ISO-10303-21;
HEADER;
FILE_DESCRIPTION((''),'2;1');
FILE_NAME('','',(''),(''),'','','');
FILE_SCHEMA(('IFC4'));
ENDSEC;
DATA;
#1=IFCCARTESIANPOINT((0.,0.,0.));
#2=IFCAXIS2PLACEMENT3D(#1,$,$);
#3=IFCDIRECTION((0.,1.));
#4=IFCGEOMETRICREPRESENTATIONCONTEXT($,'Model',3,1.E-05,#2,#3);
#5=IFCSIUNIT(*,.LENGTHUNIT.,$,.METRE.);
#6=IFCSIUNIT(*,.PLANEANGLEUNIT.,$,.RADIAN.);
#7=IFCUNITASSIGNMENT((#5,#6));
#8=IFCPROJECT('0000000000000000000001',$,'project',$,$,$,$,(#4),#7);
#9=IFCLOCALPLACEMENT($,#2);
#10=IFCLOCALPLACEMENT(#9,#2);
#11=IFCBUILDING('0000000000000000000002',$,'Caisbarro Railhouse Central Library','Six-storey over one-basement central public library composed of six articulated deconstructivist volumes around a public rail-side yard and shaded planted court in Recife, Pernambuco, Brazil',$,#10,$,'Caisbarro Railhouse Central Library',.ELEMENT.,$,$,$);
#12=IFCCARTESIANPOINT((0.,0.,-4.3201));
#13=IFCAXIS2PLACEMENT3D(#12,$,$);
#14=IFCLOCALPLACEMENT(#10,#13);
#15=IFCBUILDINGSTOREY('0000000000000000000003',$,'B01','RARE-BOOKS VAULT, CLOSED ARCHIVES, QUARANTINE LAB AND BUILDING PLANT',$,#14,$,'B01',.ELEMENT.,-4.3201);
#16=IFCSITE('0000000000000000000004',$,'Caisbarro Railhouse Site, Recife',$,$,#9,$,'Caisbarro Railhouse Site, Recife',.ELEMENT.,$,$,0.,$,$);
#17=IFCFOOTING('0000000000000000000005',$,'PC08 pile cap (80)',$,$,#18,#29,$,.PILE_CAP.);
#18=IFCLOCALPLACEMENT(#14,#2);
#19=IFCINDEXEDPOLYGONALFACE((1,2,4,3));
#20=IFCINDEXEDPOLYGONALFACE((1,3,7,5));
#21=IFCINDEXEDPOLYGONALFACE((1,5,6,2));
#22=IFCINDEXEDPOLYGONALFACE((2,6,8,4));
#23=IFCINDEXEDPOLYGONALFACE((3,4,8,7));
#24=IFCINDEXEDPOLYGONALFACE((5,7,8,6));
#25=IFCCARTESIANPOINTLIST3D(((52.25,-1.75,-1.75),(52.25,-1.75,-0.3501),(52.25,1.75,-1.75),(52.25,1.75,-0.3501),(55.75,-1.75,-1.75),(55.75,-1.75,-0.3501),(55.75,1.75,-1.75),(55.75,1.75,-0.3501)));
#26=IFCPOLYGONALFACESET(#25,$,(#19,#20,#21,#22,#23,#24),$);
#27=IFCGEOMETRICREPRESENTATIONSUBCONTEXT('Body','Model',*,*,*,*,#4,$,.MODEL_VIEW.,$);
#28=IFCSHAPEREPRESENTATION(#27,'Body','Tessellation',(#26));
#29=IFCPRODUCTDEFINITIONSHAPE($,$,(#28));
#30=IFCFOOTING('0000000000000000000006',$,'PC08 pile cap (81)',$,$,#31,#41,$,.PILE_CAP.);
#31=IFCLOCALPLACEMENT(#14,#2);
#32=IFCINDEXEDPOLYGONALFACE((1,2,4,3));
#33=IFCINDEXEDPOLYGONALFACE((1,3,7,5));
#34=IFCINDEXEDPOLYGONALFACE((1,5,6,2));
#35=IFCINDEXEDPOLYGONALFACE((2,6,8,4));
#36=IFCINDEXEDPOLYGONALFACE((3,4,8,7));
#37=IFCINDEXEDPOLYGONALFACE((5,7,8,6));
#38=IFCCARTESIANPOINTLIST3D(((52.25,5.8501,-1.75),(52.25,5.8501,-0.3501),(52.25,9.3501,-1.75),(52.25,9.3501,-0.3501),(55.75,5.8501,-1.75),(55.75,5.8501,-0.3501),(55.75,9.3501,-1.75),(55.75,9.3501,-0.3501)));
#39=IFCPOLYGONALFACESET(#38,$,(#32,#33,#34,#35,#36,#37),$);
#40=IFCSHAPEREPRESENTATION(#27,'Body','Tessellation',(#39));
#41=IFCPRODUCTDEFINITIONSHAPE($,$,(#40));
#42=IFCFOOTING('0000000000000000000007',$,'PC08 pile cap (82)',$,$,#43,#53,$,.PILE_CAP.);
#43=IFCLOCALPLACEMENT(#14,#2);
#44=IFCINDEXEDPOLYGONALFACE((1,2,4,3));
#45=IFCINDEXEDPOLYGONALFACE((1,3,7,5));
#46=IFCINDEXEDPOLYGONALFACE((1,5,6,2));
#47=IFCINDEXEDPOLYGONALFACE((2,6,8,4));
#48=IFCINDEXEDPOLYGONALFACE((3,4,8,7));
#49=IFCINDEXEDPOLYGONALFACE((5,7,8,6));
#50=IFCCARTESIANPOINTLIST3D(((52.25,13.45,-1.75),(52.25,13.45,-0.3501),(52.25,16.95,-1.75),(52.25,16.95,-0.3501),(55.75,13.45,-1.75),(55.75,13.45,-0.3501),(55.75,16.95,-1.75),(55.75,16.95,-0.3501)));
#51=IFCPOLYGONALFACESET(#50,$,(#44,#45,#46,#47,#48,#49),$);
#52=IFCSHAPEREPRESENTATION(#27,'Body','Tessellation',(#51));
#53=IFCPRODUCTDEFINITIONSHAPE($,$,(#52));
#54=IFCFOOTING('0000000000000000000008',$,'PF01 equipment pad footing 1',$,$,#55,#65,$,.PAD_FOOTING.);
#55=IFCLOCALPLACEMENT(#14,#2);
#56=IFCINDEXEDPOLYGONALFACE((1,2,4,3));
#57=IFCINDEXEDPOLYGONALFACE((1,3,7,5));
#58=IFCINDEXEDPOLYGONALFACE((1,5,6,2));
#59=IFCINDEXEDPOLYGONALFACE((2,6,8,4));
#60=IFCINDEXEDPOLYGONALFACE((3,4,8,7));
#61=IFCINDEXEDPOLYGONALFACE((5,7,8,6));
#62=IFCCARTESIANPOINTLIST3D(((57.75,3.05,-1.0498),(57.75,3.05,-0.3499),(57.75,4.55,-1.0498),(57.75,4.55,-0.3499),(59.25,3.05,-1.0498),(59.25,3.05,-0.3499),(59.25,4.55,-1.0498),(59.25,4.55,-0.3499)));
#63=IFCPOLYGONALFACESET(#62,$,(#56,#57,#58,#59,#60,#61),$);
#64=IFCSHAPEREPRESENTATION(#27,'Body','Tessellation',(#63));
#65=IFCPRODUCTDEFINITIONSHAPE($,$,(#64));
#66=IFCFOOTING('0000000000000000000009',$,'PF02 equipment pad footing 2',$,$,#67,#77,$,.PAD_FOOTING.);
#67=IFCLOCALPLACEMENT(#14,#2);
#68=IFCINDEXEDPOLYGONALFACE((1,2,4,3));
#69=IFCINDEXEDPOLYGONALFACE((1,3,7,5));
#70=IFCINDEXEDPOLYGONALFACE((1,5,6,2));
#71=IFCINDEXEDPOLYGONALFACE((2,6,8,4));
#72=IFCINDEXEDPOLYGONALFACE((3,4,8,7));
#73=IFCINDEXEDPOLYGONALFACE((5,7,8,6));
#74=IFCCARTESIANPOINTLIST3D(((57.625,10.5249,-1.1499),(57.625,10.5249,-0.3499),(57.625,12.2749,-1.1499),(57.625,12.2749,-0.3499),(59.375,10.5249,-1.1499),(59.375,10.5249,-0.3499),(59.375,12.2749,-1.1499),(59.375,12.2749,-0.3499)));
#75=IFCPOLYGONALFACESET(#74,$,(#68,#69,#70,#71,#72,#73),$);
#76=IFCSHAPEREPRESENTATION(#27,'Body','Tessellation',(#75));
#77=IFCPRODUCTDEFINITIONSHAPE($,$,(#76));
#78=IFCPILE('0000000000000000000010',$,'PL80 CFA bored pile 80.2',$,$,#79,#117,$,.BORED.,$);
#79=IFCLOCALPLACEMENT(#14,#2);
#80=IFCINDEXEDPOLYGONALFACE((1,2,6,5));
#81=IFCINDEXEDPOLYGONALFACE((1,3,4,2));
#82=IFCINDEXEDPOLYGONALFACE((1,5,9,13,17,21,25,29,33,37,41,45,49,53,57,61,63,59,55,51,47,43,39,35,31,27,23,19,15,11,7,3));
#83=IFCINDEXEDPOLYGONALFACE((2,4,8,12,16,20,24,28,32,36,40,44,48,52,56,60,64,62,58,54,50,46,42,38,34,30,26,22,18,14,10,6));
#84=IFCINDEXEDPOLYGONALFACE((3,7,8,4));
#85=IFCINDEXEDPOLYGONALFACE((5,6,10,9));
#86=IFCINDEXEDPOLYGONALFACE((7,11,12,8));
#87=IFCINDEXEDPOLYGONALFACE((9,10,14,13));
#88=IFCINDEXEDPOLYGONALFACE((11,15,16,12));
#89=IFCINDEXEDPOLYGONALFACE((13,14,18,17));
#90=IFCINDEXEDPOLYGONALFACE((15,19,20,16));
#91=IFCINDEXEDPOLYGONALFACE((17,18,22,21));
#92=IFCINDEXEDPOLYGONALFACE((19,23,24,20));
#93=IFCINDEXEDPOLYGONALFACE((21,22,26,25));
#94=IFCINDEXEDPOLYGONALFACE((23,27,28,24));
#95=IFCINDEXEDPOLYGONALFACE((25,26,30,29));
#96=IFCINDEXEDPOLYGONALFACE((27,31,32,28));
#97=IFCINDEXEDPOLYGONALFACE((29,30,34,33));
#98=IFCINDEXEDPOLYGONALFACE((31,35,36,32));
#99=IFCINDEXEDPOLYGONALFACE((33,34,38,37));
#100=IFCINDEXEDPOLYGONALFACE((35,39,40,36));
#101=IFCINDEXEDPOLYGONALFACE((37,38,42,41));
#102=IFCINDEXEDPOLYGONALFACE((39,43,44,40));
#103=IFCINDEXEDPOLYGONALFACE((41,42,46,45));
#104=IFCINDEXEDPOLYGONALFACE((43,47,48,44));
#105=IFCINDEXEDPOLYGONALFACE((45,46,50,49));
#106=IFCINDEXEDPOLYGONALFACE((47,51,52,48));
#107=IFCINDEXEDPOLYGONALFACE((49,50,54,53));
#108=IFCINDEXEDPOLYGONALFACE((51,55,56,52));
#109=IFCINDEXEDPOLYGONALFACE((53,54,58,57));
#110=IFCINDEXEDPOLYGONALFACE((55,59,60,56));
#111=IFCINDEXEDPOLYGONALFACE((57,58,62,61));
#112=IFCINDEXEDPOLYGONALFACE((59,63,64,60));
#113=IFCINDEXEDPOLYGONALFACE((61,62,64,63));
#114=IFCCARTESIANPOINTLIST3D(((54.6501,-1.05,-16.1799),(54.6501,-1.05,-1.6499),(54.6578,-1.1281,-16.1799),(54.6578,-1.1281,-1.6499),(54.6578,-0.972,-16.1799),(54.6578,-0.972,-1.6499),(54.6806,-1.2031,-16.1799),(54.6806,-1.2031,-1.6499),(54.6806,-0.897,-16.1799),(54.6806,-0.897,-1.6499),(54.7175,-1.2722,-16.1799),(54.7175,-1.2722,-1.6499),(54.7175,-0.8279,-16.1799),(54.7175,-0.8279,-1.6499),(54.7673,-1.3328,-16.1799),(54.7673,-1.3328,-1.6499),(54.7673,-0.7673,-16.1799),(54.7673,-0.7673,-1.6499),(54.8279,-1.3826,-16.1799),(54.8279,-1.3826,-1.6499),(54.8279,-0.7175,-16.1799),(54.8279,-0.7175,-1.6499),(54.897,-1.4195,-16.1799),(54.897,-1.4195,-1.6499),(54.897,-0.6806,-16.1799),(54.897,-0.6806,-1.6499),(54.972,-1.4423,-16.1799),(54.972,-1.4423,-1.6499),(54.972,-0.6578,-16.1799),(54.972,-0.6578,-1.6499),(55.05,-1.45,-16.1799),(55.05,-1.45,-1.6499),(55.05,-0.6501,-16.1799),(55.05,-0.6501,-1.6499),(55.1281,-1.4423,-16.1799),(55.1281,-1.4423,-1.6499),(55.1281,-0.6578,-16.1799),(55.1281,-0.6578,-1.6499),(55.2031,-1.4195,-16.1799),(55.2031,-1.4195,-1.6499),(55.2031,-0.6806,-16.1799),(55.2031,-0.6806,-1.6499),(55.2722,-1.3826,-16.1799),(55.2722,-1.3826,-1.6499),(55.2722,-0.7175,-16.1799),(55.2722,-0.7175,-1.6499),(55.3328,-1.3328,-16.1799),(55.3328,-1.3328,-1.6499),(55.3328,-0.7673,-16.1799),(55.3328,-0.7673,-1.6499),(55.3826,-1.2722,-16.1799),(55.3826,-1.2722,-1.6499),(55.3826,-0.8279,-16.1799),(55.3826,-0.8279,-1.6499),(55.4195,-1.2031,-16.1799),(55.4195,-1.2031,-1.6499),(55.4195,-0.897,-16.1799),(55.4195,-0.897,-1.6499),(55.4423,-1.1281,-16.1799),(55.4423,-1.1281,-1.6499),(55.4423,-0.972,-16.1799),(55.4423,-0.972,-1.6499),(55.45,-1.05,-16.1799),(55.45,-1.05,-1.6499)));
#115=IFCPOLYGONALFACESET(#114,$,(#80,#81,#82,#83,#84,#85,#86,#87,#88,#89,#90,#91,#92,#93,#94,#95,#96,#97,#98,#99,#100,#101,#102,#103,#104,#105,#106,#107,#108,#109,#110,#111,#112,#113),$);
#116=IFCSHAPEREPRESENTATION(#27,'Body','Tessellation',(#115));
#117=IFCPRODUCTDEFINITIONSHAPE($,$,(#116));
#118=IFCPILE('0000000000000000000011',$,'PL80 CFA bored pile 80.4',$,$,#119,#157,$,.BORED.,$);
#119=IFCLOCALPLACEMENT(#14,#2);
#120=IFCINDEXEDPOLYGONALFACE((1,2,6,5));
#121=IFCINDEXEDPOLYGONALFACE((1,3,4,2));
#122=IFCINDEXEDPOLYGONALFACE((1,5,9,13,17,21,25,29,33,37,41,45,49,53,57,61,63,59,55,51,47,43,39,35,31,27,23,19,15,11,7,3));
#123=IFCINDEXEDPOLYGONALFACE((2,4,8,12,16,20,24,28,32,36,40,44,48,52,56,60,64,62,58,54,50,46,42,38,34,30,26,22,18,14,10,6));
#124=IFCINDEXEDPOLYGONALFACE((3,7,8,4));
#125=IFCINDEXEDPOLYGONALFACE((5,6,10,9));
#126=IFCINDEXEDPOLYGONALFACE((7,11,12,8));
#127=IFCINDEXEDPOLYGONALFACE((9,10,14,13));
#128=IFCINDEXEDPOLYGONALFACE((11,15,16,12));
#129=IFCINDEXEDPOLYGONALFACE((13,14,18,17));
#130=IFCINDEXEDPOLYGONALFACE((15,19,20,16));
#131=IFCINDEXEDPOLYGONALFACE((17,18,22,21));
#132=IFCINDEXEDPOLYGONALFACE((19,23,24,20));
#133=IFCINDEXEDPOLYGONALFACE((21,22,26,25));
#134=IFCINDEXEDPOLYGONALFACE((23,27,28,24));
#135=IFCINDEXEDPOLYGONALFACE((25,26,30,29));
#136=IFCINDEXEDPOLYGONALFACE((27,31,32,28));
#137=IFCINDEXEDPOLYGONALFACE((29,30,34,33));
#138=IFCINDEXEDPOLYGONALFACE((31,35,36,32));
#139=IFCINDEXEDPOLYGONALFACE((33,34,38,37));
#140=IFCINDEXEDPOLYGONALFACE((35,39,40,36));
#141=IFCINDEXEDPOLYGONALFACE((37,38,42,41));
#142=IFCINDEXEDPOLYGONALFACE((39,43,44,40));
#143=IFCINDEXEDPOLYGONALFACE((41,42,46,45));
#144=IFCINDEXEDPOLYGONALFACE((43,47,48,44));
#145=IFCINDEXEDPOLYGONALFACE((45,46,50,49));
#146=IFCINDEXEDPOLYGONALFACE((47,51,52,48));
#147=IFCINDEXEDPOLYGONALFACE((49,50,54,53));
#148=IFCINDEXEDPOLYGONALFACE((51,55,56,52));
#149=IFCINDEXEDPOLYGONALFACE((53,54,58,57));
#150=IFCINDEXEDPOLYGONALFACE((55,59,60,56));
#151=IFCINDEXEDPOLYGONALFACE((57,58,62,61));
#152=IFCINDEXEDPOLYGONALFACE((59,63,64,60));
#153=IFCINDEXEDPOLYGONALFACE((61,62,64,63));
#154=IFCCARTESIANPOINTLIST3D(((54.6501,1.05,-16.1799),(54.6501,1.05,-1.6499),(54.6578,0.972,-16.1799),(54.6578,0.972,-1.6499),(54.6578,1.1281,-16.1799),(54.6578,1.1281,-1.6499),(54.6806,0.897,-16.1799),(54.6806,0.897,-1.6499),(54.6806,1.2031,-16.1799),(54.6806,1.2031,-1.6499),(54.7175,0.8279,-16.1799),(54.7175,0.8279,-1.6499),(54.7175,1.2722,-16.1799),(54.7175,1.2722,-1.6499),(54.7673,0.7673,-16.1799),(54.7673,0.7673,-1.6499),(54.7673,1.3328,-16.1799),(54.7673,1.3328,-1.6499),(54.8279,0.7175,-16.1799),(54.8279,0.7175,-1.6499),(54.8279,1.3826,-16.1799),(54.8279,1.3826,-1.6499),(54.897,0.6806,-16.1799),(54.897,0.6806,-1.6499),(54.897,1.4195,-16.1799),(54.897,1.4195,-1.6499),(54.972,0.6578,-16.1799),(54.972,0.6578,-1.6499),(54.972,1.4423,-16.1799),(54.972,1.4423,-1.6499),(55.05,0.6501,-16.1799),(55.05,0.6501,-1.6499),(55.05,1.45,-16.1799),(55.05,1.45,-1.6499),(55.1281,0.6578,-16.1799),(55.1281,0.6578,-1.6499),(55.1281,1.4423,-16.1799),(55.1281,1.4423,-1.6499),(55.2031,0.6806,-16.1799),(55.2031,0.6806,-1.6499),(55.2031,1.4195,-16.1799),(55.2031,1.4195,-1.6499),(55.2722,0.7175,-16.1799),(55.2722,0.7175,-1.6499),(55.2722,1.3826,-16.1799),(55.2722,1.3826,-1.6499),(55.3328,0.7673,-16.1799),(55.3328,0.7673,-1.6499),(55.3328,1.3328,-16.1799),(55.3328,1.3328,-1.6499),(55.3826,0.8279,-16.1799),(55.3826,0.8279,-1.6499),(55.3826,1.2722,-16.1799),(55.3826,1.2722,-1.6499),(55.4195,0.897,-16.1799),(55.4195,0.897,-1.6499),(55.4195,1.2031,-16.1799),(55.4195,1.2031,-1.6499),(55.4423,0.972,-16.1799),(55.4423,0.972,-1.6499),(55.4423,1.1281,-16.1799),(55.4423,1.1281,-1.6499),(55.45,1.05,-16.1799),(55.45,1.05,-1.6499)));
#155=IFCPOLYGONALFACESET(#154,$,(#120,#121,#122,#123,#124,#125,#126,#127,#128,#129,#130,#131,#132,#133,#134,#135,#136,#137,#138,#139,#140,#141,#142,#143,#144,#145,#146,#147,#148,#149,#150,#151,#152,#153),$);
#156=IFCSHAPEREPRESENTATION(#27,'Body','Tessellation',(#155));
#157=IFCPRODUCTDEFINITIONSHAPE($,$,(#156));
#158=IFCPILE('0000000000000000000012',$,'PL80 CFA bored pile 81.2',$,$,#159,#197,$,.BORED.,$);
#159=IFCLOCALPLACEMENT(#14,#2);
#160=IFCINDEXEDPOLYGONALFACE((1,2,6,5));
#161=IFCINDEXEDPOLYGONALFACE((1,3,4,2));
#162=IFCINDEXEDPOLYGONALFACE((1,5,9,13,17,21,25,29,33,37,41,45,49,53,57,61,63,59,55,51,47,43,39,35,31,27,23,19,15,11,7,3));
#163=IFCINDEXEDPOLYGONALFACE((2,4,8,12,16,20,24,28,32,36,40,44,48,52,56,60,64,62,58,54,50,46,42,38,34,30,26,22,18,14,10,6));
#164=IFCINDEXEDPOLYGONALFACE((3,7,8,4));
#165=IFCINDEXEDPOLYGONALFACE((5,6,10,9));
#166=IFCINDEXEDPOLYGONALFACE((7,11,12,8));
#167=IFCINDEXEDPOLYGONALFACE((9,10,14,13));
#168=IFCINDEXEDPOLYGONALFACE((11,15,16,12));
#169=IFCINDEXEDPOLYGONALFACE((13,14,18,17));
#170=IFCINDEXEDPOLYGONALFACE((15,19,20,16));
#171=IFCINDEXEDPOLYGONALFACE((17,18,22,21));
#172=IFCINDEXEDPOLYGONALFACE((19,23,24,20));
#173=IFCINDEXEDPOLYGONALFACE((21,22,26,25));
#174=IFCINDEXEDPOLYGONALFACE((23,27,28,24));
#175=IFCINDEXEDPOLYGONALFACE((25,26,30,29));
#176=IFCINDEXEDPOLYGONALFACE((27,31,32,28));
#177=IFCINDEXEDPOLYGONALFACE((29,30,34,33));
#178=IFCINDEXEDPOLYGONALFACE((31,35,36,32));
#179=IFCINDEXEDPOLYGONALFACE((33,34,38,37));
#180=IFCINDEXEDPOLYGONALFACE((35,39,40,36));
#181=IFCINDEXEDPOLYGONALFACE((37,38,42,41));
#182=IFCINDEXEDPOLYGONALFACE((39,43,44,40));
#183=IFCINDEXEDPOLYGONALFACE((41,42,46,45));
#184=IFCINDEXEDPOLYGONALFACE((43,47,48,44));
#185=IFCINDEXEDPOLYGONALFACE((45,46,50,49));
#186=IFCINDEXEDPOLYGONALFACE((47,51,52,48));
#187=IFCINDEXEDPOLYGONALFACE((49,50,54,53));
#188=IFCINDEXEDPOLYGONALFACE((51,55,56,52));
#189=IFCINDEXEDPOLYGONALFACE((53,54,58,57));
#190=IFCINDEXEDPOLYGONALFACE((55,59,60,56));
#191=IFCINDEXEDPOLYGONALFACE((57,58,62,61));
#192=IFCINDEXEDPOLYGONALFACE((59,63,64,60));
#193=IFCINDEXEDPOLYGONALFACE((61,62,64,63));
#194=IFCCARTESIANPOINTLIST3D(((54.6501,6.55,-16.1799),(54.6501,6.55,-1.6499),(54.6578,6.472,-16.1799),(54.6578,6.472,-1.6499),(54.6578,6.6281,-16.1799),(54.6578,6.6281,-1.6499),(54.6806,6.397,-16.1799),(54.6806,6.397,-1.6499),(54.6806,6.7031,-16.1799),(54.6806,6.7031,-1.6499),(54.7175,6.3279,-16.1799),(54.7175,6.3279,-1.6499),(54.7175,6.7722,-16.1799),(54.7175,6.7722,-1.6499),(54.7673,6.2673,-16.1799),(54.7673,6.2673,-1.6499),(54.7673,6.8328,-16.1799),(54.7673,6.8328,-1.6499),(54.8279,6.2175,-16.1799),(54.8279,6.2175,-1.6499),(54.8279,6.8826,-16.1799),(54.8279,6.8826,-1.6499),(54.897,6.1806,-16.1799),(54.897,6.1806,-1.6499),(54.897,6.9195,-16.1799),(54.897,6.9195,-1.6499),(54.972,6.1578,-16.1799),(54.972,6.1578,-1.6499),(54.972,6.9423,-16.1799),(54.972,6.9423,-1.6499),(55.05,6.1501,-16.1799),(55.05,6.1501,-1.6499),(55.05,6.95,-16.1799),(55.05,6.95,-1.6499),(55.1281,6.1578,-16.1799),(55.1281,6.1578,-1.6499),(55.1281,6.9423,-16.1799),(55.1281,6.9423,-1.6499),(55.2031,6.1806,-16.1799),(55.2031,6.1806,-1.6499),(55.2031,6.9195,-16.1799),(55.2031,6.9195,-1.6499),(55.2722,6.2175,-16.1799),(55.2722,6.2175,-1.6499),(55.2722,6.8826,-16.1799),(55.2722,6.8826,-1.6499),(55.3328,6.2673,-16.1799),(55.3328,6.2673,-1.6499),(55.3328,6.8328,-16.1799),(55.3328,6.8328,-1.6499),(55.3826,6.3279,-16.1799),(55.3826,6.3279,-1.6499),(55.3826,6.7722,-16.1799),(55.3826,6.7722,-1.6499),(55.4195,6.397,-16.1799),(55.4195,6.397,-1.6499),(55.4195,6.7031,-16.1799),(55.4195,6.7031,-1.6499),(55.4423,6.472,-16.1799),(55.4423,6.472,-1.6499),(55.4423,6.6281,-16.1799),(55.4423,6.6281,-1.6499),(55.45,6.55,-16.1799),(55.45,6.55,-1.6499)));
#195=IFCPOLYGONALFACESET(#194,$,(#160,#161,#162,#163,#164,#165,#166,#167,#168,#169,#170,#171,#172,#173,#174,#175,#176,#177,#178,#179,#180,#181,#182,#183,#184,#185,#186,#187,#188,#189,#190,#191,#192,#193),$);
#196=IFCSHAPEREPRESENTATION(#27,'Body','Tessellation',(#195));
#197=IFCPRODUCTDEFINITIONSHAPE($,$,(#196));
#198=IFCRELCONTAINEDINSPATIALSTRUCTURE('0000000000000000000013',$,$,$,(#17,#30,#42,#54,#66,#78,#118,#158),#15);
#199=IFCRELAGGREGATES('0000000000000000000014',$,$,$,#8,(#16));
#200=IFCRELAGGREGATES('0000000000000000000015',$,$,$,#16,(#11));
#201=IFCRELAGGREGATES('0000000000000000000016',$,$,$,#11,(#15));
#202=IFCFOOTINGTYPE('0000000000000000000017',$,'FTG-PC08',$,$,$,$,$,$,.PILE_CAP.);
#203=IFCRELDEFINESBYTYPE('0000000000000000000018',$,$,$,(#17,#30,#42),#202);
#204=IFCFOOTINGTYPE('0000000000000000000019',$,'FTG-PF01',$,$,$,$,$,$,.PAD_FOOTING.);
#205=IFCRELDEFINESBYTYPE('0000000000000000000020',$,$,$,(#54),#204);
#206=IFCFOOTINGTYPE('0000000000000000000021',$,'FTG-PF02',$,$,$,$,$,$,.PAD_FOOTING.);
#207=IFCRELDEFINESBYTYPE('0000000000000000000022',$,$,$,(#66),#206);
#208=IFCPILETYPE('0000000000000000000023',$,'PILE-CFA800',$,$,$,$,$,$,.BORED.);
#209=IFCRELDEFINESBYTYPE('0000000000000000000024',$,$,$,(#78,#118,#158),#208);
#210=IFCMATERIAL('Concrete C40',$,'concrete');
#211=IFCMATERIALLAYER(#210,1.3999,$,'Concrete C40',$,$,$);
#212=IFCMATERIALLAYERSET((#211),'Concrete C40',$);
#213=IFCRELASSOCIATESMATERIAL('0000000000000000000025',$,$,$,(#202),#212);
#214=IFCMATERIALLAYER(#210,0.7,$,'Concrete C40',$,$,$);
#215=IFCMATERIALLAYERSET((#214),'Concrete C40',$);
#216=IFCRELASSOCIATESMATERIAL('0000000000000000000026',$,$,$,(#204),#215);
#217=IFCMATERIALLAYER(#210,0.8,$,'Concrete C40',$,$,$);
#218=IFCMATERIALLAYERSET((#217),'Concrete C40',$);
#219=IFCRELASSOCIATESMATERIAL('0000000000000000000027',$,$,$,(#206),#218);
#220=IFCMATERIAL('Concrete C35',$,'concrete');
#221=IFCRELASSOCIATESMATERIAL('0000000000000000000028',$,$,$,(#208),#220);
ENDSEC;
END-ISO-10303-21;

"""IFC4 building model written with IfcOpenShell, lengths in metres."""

from ifc_helpers import new_model, si_unit, direction, frame, origin, origin_2d, place, context, subcontext, project, spatial, rectangle, circle, extrude, material, layer, layer_set, material_profile, profile_set, type_object, element, save


model = new_model("IFC4")

# Units and contexts
model_context = context("Model", 3, precision=1e-05, world=origin(), true_north=direction((0.0, 1.0)))
body_context = subcontext(model_context, "Body", "Model", "MODEL_VIEW")
ifc_project = project(units=[si_unit("LENGTHUNIT", "METRE"), si_unit("PLANEANGLEUNIT", "RADIAN")], contexts=[model_context])

# Site, building, storey
site_placement = place(None, origin())
site = spatial("IfcSite", under=ifc_project, at=site_placement, Name="Caisbarro Railhouse Site, Recife", LongName="Caisbarro Railhouse Site, Recife", CompositionType="ELEMENT", RefElevation=0.0)
building_placement = place(site_placement, origin())
building = spatial("IfcBuilding", under=site, at=building_placement, Name="Caisbarro Railhouse Central Library", Description="Six-storey over one-basement central public library composed of six articulated deconstructivist volumes around a public rail-side yard and shaded planted court in Recife, Pernambuco, Brazil", LongName="Caisbarro Railhouse Central Library", CompositionType="ELEMENT")
storey_placement = place(building_placement, frame((0.0, 0.0, -4.3201)))
storey = spatial("IfcBuildingStorey", under=building, at=storey_placement, Name="B01", Description="RARE-BOOKS VAULT, CLOSED ARCHIVES, QUARANTINE LAB AND BUILDING PLANT", LongName="B01", CompositionType="ELEMENT", Elevation=-4.3201)

# Footings
ifc_material_1 = material(Name="Concrete C40", Category="concrete")
ifc_layer_1 = layer(ifc_material_1, 1.3999, Name="Concrete C40")
ifc_layer_set_1 = layer_set([ifc_layer_1], Name="Concrete C40")
footing_type_1 = type_object("IfcFootingType", Name="FTG-PC08", PredefinedType="PILE_CAP", material=ifc_layer_set_1)
for number, where, z_axis, x_axis, name in (
    (1, (54.0, 0.0, -1.75), (0.0, 0.0, 1.0), (1.0, 0.0, 0.0), "PC08 pile cap (80)"),
    (2, (54.0, 7.6001, -1.75), (0.0, 0.0, 1.0), (1.0, 0.0, 0.0), "PC08 pile cap (81)"),
    (3, (54.0, 15.2, -1.75), (0.0, 0.0, 1.0), (1.0, 0.0, 0.0), "PC08 pile cap (82)"),
):
    element("IfcFooting", number, at=place(storey_placement, frame(where, z_axis=z_axis, x_axis=x_axis)), inside=storey, type_object=footing_type_1, Name=name, PredefinedType="PILE_CAP", context=body_context, shape_type="SweptSolid", body=[
        extrude(rectangle(XDim=3.5, YDim=3.5, at=origin_2d()), origin(), (0.0, 0.0, 1.0), 1.3999),
    ])
ifc_layer_2 = layer(ifc_material_1, 0.7, Name="Concrete C40")
ifc_layer_set_2 = layer_set([ifc_layer_2], Name="Concrete C40")
footing_type_2 = type_object("IfcFootingType", Name="FTG-PF01", PredefinedType="PAD_FOOTING", material=ifc_layer_set_2)
footing_1_placement = place(storey_placement, frame((58.5, 3.8, -1.0498), z_axis=(0.0, 0.0, 1.0), x_axis=(1.0, 0.0, 0.0)))
element("IfcFooting", 4, at=footing_1_placement, inside=storey, type_object=footing_type_2, Name="PF01 equipment pad footing 1", PredefinedType="PAD_FOOTING", context=body_context, shape_type="SweptSolid", body=[
    extrude(rectangle(XDim=1.5, YDim=1.5, at=origin_2d()), origin(), (0.0, 0.0, 1.0), 0.7),
])
ifc_layer_3 = layer(ifc_material_1, 0.8, Name="Concrete C40")
ifc_layer_set_3 = layer_set([ifc_layer_3], Name="Concrete C40")
footing_type_3 = type_object("IfcFootingType", Name="FTG-PF02", PredefinedType="PAD_FOOTING", material=ifc_layer_set_3)
footing_2_placement = place(storey_placement, frame((58.5, 11.3999, -1.1499), z_axis=(0.0, 0.0, 1.0), x_axis=(1.0, 0.0, 0.0)))
element("IfcFooting", 5, at=footing_2_placement, inside=storey, type_object=footing_type_3, Name="PF02 equipment pad footing 2", PredefinedType="PAD_FOOTING", context=body_context, shape_type="SweptSolid", body=[
    extrude(rectangle(XDim=1.75, YDim=1.75, at=origin_2d()), origin(), (0.0, 0.0, 1.0), 0.8),
])

# Piles
ifc_material_2 = material(Name="Concrete C35", Category="concrete")
ifc_material_profile_1 = material_profile(ifc_material_2, circle(Radius=0.3999, at=origin_2d()), Name="PILE-CFA-800")
ifc_profile_set_1 = profile_set([ifc_material_profile_1], Name="Concrete C35")
pile_type = type_object("IfcPileType", Name="PILE-CFA800", PredefinedType="BORED", material=ifc_profile_set_1)
for number, where, z_axis, x_axis, name in (
    (6, (55.05, -1.05, -1.6499), (0.0, 0.0, -1.0), (1.0, 0.0, 0.0), "PL80 CFA bored pile 80.2"),
    (7, (55.05, 1.05, -1.6499), (0.0, 0.0, -1.0), (1.0, 0.0, 0.0), "PL80 CFA bored pile 80.4"),
    (8, (55.05, 6.55, -1.6499), (0.0, 0.0, -1.0), (1.0, 0.0, 0.0), "PL80 CFA bored pile 81.2"),
):
    element("IfcPile", number, at=place(storey_placement, frame(where, z_axis=z_axis, x_axis=x_axis)), inside=storey, type_object=pile_type, Name=name, PredefinedType="BORED", context=body_context, shape_type="SweptSolid", body=[
        extrude(circle(Radius=0.3999, at=origin_2d()), origin(), (0.0, 0.0, 1.0), 14.53),
    ])

save(model, "model.ifc")
